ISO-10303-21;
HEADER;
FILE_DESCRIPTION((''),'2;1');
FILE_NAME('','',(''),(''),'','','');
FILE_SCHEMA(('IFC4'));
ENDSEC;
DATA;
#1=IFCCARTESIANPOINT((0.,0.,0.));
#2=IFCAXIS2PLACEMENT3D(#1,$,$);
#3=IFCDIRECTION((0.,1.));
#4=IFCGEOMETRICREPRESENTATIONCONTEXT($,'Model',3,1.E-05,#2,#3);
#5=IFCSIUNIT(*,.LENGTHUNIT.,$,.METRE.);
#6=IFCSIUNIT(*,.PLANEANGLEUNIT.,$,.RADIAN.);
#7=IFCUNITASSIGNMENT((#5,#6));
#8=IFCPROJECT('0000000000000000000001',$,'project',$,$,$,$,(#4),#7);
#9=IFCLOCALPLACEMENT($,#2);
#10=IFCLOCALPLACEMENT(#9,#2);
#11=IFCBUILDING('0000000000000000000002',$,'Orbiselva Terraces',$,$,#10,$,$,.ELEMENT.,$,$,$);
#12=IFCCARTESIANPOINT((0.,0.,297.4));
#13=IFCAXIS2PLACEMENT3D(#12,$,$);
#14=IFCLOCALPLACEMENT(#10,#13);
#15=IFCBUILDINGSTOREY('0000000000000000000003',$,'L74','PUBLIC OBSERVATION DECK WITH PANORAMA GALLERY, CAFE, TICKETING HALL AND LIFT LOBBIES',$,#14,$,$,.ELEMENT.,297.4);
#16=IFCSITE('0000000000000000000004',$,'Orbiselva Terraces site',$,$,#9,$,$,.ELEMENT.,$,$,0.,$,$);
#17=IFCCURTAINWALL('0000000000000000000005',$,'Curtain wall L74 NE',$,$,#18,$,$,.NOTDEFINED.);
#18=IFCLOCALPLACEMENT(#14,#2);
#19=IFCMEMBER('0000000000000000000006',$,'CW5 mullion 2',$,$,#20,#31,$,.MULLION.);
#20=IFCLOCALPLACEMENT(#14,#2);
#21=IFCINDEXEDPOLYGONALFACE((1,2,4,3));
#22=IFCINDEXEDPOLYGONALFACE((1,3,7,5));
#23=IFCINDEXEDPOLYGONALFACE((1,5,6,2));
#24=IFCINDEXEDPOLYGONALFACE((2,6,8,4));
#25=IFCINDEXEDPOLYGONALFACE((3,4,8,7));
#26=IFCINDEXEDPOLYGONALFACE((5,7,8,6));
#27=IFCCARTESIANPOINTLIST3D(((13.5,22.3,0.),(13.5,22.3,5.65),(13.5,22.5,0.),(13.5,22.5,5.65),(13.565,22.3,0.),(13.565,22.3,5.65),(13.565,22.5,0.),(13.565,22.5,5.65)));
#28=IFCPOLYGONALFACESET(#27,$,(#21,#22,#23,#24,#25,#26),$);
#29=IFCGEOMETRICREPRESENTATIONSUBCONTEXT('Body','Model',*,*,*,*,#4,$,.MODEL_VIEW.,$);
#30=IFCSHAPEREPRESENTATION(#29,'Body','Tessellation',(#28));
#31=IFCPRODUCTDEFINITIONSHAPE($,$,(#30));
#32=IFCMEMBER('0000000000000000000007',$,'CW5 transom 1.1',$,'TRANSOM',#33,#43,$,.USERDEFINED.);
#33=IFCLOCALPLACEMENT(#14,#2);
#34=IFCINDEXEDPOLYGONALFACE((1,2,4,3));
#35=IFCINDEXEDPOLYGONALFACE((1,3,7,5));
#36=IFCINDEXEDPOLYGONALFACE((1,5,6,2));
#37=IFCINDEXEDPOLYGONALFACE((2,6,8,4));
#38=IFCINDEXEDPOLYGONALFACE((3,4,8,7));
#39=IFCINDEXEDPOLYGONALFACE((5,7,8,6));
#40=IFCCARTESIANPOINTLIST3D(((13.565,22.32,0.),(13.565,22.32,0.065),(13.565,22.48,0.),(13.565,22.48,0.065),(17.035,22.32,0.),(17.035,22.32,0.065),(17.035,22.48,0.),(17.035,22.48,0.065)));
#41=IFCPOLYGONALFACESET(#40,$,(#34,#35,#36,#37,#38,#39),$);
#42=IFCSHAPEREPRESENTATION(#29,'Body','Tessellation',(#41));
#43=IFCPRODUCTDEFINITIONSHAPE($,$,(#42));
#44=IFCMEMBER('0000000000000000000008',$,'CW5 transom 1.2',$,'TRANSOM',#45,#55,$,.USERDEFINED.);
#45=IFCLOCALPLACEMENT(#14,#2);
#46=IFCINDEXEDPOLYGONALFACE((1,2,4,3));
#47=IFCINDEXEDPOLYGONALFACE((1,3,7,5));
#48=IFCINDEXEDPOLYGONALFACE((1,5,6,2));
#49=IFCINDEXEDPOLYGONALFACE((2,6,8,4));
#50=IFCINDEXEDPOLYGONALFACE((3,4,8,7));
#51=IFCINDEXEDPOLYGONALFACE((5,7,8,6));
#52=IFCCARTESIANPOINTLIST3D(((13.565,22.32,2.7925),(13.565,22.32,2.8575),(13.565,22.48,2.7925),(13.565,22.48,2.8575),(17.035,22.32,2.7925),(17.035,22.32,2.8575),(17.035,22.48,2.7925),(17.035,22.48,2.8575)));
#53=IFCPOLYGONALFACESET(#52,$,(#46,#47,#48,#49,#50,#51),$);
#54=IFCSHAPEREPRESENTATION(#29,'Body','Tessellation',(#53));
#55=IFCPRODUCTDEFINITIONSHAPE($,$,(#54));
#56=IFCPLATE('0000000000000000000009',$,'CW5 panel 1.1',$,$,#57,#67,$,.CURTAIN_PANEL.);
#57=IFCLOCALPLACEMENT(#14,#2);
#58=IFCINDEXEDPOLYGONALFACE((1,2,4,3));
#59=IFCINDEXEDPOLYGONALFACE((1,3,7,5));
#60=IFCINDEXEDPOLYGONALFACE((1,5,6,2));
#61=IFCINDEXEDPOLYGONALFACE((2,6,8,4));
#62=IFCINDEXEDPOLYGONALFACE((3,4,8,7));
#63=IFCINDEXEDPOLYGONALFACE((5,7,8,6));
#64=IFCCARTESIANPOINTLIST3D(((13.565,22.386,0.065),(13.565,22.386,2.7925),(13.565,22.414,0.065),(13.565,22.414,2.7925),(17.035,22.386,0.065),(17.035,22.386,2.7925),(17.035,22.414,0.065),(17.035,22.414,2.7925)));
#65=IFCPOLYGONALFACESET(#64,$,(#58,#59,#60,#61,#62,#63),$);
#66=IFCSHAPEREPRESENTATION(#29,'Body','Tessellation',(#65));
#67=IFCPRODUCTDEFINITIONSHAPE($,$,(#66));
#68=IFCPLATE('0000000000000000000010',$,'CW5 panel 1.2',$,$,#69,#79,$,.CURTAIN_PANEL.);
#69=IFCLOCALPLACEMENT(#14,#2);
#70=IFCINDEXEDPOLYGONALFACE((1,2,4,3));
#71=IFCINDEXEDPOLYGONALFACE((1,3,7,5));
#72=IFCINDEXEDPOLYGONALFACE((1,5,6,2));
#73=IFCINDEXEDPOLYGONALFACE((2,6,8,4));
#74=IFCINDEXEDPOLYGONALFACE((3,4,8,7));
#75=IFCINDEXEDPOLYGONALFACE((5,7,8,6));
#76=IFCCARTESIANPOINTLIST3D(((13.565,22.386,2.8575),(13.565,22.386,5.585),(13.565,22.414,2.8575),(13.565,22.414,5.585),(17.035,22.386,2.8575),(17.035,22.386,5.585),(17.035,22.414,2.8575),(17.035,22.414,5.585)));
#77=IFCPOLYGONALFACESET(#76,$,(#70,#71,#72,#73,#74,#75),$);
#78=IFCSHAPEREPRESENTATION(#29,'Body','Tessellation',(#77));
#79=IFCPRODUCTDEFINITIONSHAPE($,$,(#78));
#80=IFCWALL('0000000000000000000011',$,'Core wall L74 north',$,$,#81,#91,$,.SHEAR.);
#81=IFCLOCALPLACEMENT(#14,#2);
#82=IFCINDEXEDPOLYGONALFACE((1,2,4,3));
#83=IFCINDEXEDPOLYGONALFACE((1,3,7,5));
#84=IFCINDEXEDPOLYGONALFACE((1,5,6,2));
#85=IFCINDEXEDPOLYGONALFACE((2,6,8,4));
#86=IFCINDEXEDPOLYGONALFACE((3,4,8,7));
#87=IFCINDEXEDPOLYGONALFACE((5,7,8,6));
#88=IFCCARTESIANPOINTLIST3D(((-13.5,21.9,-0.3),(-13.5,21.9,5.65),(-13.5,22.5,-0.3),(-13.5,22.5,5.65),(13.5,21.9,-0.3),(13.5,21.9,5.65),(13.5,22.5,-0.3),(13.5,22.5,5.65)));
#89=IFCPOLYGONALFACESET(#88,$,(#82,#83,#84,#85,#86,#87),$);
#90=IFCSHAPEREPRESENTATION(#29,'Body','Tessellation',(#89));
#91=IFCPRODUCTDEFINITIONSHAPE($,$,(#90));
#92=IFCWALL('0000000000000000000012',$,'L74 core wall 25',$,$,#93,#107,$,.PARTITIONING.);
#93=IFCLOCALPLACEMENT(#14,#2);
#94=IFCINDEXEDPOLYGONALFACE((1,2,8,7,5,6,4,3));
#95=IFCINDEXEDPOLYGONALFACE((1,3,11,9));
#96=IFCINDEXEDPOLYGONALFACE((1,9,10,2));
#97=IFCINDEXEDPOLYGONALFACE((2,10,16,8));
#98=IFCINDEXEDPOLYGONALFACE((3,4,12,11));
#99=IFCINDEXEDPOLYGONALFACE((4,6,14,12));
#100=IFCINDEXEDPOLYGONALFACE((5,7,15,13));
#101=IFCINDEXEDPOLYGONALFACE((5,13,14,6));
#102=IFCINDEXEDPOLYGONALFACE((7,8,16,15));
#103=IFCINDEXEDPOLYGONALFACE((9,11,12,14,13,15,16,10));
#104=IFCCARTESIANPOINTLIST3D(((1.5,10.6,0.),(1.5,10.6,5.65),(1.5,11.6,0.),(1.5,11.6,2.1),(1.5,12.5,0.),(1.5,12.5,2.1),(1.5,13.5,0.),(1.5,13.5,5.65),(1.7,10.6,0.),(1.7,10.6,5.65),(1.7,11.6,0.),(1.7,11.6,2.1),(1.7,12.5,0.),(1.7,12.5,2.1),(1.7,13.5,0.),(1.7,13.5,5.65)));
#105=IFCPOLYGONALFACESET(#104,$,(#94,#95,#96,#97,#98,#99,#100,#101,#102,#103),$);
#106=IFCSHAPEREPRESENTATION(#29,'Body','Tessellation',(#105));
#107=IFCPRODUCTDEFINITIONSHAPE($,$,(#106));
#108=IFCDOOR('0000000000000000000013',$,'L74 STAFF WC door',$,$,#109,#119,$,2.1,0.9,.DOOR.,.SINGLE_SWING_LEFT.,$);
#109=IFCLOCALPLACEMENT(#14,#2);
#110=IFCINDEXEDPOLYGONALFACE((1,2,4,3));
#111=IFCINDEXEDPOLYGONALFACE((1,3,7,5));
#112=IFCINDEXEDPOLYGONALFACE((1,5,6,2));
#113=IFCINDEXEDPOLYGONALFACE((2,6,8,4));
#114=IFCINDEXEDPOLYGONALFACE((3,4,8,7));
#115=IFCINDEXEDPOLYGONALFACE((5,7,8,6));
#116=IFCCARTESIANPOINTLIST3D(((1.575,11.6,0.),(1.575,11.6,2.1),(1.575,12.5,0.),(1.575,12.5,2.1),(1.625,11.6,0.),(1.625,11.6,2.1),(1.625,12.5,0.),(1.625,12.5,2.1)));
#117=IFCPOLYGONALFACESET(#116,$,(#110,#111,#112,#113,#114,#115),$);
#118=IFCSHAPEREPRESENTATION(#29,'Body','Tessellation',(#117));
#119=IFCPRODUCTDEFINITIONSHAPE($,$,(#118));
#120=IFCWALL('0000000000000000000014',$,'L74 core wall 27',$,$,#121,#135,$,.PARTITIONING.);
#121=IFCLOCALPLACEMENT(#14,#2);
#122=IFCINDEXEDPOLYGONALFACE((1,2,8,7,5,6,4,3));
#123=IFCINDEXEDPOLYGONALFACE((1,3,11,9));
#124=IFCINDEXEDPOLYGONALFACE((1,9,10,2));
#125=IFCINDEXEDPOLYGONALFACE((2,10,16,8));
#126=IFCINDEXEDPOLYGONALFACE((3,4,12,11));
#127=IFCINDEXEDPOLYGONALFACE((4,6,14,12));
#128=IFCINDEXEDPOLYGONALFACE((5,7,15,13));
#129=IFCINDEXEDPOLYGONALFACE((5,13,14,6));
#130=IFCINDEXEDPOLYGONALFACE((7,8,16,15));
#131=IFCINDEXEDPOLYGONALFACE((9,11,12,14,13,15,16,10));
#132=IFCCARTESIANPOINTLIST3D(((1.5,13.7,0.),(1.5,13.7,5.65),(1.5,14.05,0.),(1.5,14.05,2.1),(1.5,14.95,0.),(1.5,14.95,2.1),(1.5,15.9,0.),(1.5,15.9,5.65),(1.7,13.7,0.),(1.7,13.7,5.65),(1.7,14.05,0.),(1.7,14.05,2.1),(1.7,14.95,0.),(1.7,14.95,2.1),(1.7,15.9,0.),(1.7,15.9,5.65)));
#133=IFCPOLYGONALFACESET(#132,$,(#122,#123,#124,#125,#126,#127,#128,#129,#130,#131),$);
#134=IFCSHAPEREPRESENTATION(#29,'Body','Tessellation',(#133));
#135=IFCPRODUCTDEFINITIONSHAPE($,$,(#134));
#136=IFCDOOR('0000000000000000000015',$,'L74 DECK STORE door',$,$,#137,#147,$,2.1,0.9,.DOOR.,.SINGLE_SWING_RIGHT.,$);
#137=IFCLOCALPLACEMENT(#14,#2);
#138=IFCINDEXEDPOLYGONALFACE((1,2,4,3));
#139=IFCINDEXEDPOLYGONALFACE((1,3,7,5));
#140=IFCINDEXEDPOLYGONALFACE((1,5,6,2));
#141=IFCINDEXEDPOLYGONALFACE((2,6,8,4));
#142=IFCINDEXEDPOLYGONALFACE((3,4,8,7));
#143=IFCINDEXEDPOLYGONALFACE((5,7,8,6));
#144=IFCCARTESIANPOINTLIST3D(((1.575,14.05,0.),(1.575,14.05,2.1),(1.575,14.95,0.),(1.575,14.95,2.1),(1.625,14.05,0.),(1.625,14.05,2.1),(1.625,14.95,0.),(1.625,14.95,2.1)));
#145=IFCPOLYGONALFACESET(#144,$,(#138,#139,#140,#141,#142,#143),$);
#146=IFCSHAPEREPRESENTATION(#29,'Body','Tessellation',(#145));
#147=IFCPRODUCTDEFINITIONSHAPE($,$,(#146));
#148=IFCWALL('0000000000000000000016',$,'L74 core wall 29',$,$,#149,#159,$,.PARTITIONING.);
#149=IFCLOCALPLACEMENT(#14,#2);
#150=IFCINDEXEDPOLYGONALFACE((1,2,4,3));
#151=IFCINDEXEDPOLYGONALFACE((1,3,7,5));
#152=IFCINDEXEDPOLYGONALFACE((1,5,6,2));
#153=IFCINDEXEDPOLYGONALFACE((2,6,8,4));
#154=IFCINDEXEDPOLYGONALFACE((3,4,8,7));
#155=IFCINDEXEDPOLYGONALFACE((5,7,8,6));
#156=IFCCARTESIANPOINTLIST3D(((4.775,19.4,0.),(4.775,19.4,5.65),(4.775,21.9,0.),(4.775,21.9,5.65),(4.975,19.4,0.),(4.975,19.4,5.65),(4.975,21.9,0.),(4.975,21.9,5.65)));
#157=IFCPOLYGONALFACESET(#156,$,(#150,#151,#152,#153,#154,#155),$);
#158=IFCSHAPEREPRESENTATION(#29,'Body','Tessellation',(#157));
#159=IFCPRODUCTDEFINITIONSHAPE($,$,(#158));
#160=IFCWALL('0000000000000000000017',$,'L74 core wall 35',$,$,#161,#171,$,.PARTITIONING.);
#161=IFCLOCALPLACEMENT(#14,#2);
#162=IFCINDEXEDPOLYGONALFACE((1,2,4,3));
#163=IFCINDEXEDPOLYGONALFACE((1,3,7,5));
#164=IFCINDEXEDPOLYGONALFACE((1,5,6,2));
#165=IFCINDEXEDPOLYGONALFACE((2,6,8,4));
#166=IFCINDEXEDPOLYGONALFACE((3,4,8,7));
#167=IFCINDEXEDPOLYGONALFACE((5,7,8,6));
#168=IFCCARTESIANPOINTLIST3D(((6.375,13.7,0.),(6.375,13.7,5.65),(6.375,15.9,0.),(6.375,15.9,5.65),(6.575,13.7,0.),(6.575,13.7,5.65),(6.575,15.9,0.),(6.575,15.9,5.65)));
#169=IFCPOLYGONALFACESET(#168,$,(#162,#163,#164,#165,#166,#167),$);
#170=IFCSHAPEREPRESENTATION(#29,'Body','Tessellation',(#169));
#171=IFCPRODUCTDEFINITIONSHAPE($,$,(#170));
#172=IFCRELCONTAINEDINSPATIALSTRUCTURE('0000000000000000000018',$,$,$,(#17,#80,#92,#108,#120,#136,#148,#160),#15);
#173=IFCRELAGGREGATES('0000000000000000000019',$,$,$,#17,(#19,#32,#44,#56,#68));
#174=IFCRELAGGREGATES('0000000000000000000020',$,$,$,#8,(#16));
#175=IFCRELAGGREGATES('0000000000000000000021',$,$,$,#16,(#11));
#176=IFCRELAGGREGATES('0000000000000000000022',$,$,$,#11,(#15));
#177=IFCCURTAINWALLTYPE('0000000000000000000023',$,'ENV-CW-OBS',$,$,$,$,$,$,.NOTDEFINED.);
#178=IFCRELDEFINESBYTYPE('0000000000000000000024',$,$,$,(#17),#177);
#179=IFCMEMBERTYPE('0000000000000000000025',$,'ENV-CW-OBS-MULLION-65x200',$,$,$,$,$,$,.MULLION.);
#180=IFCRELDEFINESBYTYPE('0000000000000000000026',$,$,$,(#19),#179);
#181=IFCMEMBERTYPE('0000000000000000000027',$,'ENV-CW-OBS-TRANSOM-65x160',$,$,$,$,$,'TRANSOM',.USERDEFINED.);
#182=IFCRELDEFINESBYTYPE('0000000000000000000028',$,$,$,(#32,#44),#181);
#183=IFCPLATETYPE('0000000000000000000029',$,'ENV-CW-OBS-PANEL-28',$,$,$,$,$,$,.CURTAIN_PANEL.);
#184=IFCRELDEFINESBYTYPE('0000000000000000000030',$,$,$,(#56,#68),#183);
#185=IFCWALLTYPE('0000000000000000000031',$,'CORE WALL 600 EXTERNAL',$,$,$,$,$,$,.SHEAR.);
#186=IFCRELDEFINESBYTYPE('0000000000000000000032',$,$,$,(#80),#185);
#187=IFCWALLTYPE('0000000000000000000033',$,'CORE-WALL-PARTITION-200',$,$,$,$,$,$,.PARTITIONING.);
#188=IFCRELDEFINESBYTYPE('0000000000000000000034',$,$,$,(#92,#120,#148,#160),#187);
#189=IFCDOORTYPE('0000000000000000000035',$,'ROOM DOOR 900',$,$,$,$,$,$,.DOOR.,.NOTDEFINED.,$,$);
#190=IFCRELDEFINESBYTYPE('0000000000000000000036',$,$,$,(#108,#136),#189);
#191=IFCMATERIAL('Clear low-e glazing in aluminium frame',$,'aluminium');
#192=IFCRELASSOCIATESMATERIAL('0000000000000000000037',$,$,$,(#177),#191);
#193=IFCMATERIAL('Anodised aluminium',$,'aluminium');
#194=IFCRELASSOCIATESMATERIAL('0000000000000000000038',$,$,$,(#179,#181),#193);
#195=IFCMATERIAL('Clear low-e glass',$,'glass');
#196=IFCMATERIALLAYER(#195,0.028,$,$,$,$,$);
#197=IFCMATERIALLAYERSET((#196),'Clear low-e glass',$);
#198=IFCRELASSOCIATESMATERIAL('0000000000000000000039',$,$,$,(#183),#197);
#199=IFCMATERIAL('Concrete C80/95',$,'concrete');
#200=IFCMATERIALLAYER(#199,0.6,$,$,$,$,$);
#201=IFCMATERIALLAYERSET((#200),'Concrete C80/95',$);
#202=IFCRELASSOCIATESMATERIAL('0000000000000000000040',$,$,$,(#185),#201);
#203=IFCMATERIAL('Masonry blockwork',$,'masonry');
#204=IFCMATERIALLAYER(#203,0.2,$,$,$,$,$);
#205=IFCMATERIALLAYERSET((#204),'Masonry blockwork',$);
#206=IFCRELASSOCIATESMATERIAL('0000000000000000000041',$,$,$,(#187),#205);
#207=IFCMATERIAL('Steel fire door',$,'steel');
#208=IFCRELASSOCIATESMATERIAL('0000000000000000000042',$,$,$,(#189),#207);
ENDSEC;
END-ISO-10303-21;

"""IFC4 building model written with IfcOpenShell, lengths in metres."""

from ifc_helpers import new_model, si_unit, direction, frame, frame_2d, origin, origin_2d, place, context, subcontext, project, spatial, rectangle, extrude, material, layer, layer_set, material_profile, profile_set, type_object, element, fill, aggregate, save


model = new_model("IFC4")

# Units and contexts
model_context = context("Model", 3, precision=1e-05, world=origin(), true_north=direction((0.0, 1.0)))
body_context = subcontext(model_context, "Body", "Model", "MODEL_VIEW")
ifc_project = project(units=[si_unit("LENGTHUNIT", "METRE"), si_unit("PLANEANGLEUNIT", "RADIAN")], contexts=[model_context])

# Site, building, storey
site_placement = place(None, origin())
site = spatial("IfcSite", under=ifc_project, at=site_placement, Name="Orbiselva Terraces site", CompositionType="ELEMENT", RefElevation=0.0)
building_placement = place(site_placement, origin())
building = spatial("IfcBuilding", under=site, at=building_placement, Name="Orbiselva Terraces", CompositionType="ELEMENT")
storey_placement = place(building_placement, frame((0.0, 0.0, 297.4)))
storey = spatial("IfcBuildingStorey", under=building, at=storey_placement, Name="L74", Description="PUBLIC OBSERVATION DECK WITH PANORAMA GALLERY, CAFE, TICKETING HALL AND LIFT LOBBIES", CompositionType="ELEMENT", Elevation=297.4)

# Curtain wall, members, plates
ifc_material_1 = material(Name="Clear low-e glazing in aluminium frame", Category="aluminium")
curtain_wall_type = type_object("IfcCurtainWallType", Name="ENV-CW-OBS", PredefinedType="NOTDEFINED", material=ifc_material_1)
curtain_wall_placement = place(storey_placement, origin())
curtain_wall = element("IfcCurtainWall", 1, at=curtain_wall_placement, inside=storey, type_object=curtain_wall_type, Name="Curtain wall L74 NE", PredefinedType="NOTDEFINED")
ifc_material_2 = material(Name="Anodised aluminium", Category="aluminium")
ifc_material_profile_1 = material_profile(ifc_material_2, rectangle(XDim=0.2, YDim=0.065, at=origin_2d()), Name="AL 65x200")
ifc_profile_set_1 = profile_set([ifc_material_profile_1], Name="Anodised aluminium")
member_type_1 = type_object("IfcMemberType", Name="ENV-CW-OBS-MULLION-65x200", PredefinedType="MULLION", material=ifc_profile_set_1)
member_1_placement = place(storey_placement, frame((13.5325, 22.4, 0.0), z_axis=(0.0, 0.0, 1.0), x_axis=(0.0, -1.0, 0.0)))
member_1 = element("IfcMember", 2, at=member_1_placement, type_object=member_type_1, Name="CW5 mullion 2", PredefinedType="MULLION", context=body_context, shape_type="SweptSolid", body=[
    extrude(rectangle(XDim=0.2, YDim=0.065, at=origin_2d()), origin(), (0.0, 0.0, 1.0), 5.65),
])
ifc_material_profile_2 = material_profile(ifc_material_2, rectangle(XDim=0.16, YDim=0.065, at=origin_2d()), Name="AL 65x160")
ifc_profile_set_2 = profile_set([ifc_material_profile_2], Name="Anodised aluminium")
member_type_2 = type_object("IfcMemberType", Name="ENV-CW-OBS-TRANSOM-65x160", ElementType="TRANSOM", PredefinedType="USERDEFINED", material=ifc_profile_set_2)
member_2_placement = place(storey_placement, frame((17.035, 22.4, 0.0325), z_axis=(-1.0, 0.0, 0.0), x_axis=(0.0, -1.0, 0.0)))
member_2 = element("IfcMember", 3, at=member_2_placement, type_object=member_type_2, Name="CW5 transom 1.1", ObjectType="TRANSOM", PredefinedType="USERDEFINED", context=body_context, shape_type="SweptSolid", body=[
    extrude(rectangle(XDim=0.16, YDim=0.065, at=origin_2d()), origin(), (0.0, 0.0, 1.0), 3.47),
])
member_3_placement = place(storey_placement, frame((17.035, 22.4, 2.825), z_axis=(-1.0, 0.0, 0.0), x_axis=(0.0, -1.0, 0.0)))
member_3 = element("IfcMember", 4, at=member_3_placement, type_object=member_type_2, Name="CW5 transom 1.2", ObjectType="TRANSOM", PredefinedType="USERDEFINED", context=body_context, shape_type="SweptSolid", body=[
    extrude(rectangle(XDim=0.16, YDim=0.065, at=origin_2d()), origin(), (0.0, 0.0, 1.0), 3.47),
])
ifc_material_3 = material(Name="Clear low-e glass", Category="glass")
ifc_layer_1 = layer(ifc_material_3, 0.028)
ifc_layer_set_1 = layer_set([ifc_layer_1], Name="Clear low-e glass")
plate_type = type_object("IfcPlateType", Name="ENV-CW-OBS-PANEL-28", PredefinedType="CURTAIN_PANEL", material=ifc_layer_set_1)
plate_1_placement = place(storey_placement, frame((15.3, 22.4, 0.065), z_axis=(0.0, 0.0, 1.0), x_axis=(-1.0, 0.0, 0.0)))
plate_1 = element("IfcPlate", 5, at=plate_1_placement, type_object=plate_type, Name="CW5 panel 1.1", PredefinedType="CURTAIN_PANEL", context=body_context, shape_type="SweptSolid", body=[
    extrude(rectangle(XDim=3.47, YDim=0.028, at=origin_2d()), origin(), (0.0, 0.0, 1.0), 2.7275),
])
plate_2_placement = place(storey_placement, frame((15.3, 22.4, 2.8575), z_axis=(0.0, 0.0, 1.0), x_axis=(-1.0, 0.0, 0.0)))
plate_2 = element("IfcPlate", 6, at=plate_2_placement, type_object=plate_type, Name="CW5 panel 1.2", PredefinedType="CURTAIN_PANEL", context=body_context, shape_type="SweptSolid", body=[
    extrude(rectangle(XDim=3.47, YDim=0.028, at=origin_2d()), origin(), (0.0, 0.0, 1.0), 2.7275),
])
aggregate(curtain_wall, [member_1, member_2, member_3, plate_1, plate_2])

# Wall
ifc_material_4 = material(Name="Concrete C80/95", Category="concrete")
ifc_layer_2 = layer(ifc_material_4, 0.6)
ifc_layer_set_2 = layer_set([ifc_layer_2], Name="Concrete C80/95")
wall_type_1 = type_object("IfcWallType", Name="CORE WALL 600 EXTERNAL", PredefinedType="SHEAR", material=ifc_layer_set_2)
wall_1_placement = place(storey_placement, frame((13.5, 22.2, -0.3), z_axis=(0.0, 0.0, 1.0), x_axis=(-1.0, 0.0, 0.0)))
element("IfcWall", 7, at=wall_1_placement, inside=storey, type_object=wall_type_1, Name="Core wall L74 north", PredefinedType="SHEAR", context=body_context, shape_type="SweptSolid", body=[
    extrude(rectangle(XDim=27.0, YDim=0.6, at=frame_2d((13.5, 0.0))), origin(), (0.0, 0.0, 1.0), 5.95),
])

# Walls, openings, doors
ifc_material_5 = material(Name="Masonry blockwork", Category="masonry")
ifc_layer_3 = layer(ifc_material_5, 0.2)
ifc_layer_set_3 = layer_set([ifc_layer_3], Name="Masonry blockwork")
wall_type_2 = type_object("IfcWallType", Name="CORE-WALL-PARTITION-200", PredefinedType="PARTITIONING", material=ifc_layer_set_3)
wall_2_placement = place(storey_placement, frame((1.6, 13.5, 0.0), z_axis=(0.0, 0.0, 1.0), x_axis=(0.0, -1.0, 0.0)))
wall_2 = element("IfcWall", 8, at=wall_2_placement, inside=storey, type_object=wall_type_2, Name="L74 core wall 25", PredefinedType="PARTITIONING", context=body_context, shape_type="SweptSolid", body=[
    extrude(rectangle(XDim=2.9, YDim=0.2, at=frame_2d((1.45, 0.0))), origin(), (0.0, 0.0, 1.0), 5.65),
])
opening_1_placement = place(wall_2_placement, frame((1.0, 0.0, 0.0)))
opening_1 = element("IfcOpeningElement", 9, at=opening_1_placement, cuts=wall_2, PredefinedType="OPENING", context=body_context, shape_type="SweptSolid", body=[
    extrude(rectangle(XDim=0.9, YDim=2.1, at=frame_2d((0.45, 1.05))), frame((0.0, 0.11, 0.0), z_axis=(0.0, -1.0, 0.0), x_axis=(1.0, 0.0, 0.0)), (0.0, 0.0, 1.0), 0.22),
])
ifc_material_6 = material(Name="Steel fire door", Category="steel")
door_type = type_object("IfcDoorType", Name="ROOM DOOR 900", OperationType="NOTDEFINED", PredefinedType="DOOR", material=ifc_material_6)
door_1_placement = place(opening_1_placement, origin())
door_1 = element("IfcDoor", 10, at=door_1_placement, inside=storey, type_object=door_type, Name="L74 STAFF WC door", OperationType="SINGLE_SWING_LEFT", OverallHeight=2.1, OverallWidth=0.9, PredefinedType="DOOR", context=body_context, shape_type="SweptSolid", body=[
    extrude(rectangle(XDim=0.9, YDim=2.1, at=frame_2d((0.45, 1.05))), frame((0.0, 0.025, 0.0), z_axis=(0.0, -1.0, 0.0), x_axis=(1.0, 0.0, 0.0)), (0.0, 0.0, 1.0), 0.05),
])
fill(opening_1, door_1)
wall_3_placement = place(storey_placement, frame((1.6, 15.9, 0.0), z_axis=(0.0, 0.0, 1.0), x_axis=(0.0, -1.0, 0.0)))
wall_3 = element("IfcWall", 11, at=wall_3_placement, inside=storey, type_object=wall_type_2, Name="L74 core wall 27", PredefinedType="PARTITIONING", context=body_context, shape_type="SweptSolid", body=[
    extrude(rectangle(XDim=2.2, YDim=0.2, at=frame_2d((1.1, 0.0))), origin(), (0.0, 0.0, 1.0), 5.65),
])
opening_2_placement = place(wall_3_placement, frame((0.95, 0.0, 0.0)))
opening_2 = element("IfcOpeningElement", 12, at=opening_2_placement, cuts=wall_3, PredefinedType="OPENING", context=body_context, shape_type="SweptSolid", body=[
    extrude(rectangle(XDim=0.9, YDim=2.1, at=frame_2d((0.45, 1.05))), frame((0.0, 0.11, 0.0), z_axis=(0.0, -1.0, 0.0), x_axis=(1.0, 0.0, 0.0)), (0.0, 0.0, 1.0), 0.22),
])
door_2_placement = place(opening_2_placement, origin())
door_2 = element("IfcDoor", 13, at=door_2_placement, inside=storey, type_object=door_type, Name="L74 DECK STORE door", OperationType="SINGLE_SWING_RIGHT", OverallHeight=2.1, OverallWidth=0.9, PredefinedType="DOOR", context=body_context, shape_type="SweptSolid", body=[
    extrude(rectangle(XDim=0.9, YDim=2.1, at=frame_2d((0.45, 1.05))), frame((0.0, 0.025, 0.0), z_axis=(0.0, -1.0, 0.0), x_axis=(1.0, 0.0, 0.0)), (0.0, 0.0, 1.0), 0.05),
])
fill(opening_2, door_2)

# Walls
wall_4_placement = place(storey_placement, frame((4.875, 19.4, 0.0), z_axis=(0.0, 0.0, 1.0), x_axis=(0.0, 1.0, 0.0)))
element("IfcWall", 14, at=wall_4_placement, inside=storey, type_object=wall_type_2, Name="L74 core wall 29", PredefinedType="PARTITIONING", context=body_context, shape_type="SweptSolid", body=[
    extrude(rectangle(XDim=2.5, YDim=0.2, at=frame_2d((1.25, 0.0))), origin(), (0.0, 0.0, 1.0), 5.65),
])
wall_5_placement = place(storey_placement, frame((6.475, 13.7, 0.0), z_axis=(0.0, 0.0, 1.0), x_axis=(0.0, 1.0, 0.0)))
element("IfcWall", 15, at=wall_5_placement, inside=storey, type_object=wall_type_2, Name="L74 core wall 35", PredefinedType="PARTITIONING", context=body_context, shape_type="SweptSolid", body=[
    extrude(rectangle(XDim=2.2, YDim=0.2, at=frame_2d((1.1, 0.0))), origin(), (0.0, 0.0, 1.0), 5.65),
])

save(model, "model.ifc")
